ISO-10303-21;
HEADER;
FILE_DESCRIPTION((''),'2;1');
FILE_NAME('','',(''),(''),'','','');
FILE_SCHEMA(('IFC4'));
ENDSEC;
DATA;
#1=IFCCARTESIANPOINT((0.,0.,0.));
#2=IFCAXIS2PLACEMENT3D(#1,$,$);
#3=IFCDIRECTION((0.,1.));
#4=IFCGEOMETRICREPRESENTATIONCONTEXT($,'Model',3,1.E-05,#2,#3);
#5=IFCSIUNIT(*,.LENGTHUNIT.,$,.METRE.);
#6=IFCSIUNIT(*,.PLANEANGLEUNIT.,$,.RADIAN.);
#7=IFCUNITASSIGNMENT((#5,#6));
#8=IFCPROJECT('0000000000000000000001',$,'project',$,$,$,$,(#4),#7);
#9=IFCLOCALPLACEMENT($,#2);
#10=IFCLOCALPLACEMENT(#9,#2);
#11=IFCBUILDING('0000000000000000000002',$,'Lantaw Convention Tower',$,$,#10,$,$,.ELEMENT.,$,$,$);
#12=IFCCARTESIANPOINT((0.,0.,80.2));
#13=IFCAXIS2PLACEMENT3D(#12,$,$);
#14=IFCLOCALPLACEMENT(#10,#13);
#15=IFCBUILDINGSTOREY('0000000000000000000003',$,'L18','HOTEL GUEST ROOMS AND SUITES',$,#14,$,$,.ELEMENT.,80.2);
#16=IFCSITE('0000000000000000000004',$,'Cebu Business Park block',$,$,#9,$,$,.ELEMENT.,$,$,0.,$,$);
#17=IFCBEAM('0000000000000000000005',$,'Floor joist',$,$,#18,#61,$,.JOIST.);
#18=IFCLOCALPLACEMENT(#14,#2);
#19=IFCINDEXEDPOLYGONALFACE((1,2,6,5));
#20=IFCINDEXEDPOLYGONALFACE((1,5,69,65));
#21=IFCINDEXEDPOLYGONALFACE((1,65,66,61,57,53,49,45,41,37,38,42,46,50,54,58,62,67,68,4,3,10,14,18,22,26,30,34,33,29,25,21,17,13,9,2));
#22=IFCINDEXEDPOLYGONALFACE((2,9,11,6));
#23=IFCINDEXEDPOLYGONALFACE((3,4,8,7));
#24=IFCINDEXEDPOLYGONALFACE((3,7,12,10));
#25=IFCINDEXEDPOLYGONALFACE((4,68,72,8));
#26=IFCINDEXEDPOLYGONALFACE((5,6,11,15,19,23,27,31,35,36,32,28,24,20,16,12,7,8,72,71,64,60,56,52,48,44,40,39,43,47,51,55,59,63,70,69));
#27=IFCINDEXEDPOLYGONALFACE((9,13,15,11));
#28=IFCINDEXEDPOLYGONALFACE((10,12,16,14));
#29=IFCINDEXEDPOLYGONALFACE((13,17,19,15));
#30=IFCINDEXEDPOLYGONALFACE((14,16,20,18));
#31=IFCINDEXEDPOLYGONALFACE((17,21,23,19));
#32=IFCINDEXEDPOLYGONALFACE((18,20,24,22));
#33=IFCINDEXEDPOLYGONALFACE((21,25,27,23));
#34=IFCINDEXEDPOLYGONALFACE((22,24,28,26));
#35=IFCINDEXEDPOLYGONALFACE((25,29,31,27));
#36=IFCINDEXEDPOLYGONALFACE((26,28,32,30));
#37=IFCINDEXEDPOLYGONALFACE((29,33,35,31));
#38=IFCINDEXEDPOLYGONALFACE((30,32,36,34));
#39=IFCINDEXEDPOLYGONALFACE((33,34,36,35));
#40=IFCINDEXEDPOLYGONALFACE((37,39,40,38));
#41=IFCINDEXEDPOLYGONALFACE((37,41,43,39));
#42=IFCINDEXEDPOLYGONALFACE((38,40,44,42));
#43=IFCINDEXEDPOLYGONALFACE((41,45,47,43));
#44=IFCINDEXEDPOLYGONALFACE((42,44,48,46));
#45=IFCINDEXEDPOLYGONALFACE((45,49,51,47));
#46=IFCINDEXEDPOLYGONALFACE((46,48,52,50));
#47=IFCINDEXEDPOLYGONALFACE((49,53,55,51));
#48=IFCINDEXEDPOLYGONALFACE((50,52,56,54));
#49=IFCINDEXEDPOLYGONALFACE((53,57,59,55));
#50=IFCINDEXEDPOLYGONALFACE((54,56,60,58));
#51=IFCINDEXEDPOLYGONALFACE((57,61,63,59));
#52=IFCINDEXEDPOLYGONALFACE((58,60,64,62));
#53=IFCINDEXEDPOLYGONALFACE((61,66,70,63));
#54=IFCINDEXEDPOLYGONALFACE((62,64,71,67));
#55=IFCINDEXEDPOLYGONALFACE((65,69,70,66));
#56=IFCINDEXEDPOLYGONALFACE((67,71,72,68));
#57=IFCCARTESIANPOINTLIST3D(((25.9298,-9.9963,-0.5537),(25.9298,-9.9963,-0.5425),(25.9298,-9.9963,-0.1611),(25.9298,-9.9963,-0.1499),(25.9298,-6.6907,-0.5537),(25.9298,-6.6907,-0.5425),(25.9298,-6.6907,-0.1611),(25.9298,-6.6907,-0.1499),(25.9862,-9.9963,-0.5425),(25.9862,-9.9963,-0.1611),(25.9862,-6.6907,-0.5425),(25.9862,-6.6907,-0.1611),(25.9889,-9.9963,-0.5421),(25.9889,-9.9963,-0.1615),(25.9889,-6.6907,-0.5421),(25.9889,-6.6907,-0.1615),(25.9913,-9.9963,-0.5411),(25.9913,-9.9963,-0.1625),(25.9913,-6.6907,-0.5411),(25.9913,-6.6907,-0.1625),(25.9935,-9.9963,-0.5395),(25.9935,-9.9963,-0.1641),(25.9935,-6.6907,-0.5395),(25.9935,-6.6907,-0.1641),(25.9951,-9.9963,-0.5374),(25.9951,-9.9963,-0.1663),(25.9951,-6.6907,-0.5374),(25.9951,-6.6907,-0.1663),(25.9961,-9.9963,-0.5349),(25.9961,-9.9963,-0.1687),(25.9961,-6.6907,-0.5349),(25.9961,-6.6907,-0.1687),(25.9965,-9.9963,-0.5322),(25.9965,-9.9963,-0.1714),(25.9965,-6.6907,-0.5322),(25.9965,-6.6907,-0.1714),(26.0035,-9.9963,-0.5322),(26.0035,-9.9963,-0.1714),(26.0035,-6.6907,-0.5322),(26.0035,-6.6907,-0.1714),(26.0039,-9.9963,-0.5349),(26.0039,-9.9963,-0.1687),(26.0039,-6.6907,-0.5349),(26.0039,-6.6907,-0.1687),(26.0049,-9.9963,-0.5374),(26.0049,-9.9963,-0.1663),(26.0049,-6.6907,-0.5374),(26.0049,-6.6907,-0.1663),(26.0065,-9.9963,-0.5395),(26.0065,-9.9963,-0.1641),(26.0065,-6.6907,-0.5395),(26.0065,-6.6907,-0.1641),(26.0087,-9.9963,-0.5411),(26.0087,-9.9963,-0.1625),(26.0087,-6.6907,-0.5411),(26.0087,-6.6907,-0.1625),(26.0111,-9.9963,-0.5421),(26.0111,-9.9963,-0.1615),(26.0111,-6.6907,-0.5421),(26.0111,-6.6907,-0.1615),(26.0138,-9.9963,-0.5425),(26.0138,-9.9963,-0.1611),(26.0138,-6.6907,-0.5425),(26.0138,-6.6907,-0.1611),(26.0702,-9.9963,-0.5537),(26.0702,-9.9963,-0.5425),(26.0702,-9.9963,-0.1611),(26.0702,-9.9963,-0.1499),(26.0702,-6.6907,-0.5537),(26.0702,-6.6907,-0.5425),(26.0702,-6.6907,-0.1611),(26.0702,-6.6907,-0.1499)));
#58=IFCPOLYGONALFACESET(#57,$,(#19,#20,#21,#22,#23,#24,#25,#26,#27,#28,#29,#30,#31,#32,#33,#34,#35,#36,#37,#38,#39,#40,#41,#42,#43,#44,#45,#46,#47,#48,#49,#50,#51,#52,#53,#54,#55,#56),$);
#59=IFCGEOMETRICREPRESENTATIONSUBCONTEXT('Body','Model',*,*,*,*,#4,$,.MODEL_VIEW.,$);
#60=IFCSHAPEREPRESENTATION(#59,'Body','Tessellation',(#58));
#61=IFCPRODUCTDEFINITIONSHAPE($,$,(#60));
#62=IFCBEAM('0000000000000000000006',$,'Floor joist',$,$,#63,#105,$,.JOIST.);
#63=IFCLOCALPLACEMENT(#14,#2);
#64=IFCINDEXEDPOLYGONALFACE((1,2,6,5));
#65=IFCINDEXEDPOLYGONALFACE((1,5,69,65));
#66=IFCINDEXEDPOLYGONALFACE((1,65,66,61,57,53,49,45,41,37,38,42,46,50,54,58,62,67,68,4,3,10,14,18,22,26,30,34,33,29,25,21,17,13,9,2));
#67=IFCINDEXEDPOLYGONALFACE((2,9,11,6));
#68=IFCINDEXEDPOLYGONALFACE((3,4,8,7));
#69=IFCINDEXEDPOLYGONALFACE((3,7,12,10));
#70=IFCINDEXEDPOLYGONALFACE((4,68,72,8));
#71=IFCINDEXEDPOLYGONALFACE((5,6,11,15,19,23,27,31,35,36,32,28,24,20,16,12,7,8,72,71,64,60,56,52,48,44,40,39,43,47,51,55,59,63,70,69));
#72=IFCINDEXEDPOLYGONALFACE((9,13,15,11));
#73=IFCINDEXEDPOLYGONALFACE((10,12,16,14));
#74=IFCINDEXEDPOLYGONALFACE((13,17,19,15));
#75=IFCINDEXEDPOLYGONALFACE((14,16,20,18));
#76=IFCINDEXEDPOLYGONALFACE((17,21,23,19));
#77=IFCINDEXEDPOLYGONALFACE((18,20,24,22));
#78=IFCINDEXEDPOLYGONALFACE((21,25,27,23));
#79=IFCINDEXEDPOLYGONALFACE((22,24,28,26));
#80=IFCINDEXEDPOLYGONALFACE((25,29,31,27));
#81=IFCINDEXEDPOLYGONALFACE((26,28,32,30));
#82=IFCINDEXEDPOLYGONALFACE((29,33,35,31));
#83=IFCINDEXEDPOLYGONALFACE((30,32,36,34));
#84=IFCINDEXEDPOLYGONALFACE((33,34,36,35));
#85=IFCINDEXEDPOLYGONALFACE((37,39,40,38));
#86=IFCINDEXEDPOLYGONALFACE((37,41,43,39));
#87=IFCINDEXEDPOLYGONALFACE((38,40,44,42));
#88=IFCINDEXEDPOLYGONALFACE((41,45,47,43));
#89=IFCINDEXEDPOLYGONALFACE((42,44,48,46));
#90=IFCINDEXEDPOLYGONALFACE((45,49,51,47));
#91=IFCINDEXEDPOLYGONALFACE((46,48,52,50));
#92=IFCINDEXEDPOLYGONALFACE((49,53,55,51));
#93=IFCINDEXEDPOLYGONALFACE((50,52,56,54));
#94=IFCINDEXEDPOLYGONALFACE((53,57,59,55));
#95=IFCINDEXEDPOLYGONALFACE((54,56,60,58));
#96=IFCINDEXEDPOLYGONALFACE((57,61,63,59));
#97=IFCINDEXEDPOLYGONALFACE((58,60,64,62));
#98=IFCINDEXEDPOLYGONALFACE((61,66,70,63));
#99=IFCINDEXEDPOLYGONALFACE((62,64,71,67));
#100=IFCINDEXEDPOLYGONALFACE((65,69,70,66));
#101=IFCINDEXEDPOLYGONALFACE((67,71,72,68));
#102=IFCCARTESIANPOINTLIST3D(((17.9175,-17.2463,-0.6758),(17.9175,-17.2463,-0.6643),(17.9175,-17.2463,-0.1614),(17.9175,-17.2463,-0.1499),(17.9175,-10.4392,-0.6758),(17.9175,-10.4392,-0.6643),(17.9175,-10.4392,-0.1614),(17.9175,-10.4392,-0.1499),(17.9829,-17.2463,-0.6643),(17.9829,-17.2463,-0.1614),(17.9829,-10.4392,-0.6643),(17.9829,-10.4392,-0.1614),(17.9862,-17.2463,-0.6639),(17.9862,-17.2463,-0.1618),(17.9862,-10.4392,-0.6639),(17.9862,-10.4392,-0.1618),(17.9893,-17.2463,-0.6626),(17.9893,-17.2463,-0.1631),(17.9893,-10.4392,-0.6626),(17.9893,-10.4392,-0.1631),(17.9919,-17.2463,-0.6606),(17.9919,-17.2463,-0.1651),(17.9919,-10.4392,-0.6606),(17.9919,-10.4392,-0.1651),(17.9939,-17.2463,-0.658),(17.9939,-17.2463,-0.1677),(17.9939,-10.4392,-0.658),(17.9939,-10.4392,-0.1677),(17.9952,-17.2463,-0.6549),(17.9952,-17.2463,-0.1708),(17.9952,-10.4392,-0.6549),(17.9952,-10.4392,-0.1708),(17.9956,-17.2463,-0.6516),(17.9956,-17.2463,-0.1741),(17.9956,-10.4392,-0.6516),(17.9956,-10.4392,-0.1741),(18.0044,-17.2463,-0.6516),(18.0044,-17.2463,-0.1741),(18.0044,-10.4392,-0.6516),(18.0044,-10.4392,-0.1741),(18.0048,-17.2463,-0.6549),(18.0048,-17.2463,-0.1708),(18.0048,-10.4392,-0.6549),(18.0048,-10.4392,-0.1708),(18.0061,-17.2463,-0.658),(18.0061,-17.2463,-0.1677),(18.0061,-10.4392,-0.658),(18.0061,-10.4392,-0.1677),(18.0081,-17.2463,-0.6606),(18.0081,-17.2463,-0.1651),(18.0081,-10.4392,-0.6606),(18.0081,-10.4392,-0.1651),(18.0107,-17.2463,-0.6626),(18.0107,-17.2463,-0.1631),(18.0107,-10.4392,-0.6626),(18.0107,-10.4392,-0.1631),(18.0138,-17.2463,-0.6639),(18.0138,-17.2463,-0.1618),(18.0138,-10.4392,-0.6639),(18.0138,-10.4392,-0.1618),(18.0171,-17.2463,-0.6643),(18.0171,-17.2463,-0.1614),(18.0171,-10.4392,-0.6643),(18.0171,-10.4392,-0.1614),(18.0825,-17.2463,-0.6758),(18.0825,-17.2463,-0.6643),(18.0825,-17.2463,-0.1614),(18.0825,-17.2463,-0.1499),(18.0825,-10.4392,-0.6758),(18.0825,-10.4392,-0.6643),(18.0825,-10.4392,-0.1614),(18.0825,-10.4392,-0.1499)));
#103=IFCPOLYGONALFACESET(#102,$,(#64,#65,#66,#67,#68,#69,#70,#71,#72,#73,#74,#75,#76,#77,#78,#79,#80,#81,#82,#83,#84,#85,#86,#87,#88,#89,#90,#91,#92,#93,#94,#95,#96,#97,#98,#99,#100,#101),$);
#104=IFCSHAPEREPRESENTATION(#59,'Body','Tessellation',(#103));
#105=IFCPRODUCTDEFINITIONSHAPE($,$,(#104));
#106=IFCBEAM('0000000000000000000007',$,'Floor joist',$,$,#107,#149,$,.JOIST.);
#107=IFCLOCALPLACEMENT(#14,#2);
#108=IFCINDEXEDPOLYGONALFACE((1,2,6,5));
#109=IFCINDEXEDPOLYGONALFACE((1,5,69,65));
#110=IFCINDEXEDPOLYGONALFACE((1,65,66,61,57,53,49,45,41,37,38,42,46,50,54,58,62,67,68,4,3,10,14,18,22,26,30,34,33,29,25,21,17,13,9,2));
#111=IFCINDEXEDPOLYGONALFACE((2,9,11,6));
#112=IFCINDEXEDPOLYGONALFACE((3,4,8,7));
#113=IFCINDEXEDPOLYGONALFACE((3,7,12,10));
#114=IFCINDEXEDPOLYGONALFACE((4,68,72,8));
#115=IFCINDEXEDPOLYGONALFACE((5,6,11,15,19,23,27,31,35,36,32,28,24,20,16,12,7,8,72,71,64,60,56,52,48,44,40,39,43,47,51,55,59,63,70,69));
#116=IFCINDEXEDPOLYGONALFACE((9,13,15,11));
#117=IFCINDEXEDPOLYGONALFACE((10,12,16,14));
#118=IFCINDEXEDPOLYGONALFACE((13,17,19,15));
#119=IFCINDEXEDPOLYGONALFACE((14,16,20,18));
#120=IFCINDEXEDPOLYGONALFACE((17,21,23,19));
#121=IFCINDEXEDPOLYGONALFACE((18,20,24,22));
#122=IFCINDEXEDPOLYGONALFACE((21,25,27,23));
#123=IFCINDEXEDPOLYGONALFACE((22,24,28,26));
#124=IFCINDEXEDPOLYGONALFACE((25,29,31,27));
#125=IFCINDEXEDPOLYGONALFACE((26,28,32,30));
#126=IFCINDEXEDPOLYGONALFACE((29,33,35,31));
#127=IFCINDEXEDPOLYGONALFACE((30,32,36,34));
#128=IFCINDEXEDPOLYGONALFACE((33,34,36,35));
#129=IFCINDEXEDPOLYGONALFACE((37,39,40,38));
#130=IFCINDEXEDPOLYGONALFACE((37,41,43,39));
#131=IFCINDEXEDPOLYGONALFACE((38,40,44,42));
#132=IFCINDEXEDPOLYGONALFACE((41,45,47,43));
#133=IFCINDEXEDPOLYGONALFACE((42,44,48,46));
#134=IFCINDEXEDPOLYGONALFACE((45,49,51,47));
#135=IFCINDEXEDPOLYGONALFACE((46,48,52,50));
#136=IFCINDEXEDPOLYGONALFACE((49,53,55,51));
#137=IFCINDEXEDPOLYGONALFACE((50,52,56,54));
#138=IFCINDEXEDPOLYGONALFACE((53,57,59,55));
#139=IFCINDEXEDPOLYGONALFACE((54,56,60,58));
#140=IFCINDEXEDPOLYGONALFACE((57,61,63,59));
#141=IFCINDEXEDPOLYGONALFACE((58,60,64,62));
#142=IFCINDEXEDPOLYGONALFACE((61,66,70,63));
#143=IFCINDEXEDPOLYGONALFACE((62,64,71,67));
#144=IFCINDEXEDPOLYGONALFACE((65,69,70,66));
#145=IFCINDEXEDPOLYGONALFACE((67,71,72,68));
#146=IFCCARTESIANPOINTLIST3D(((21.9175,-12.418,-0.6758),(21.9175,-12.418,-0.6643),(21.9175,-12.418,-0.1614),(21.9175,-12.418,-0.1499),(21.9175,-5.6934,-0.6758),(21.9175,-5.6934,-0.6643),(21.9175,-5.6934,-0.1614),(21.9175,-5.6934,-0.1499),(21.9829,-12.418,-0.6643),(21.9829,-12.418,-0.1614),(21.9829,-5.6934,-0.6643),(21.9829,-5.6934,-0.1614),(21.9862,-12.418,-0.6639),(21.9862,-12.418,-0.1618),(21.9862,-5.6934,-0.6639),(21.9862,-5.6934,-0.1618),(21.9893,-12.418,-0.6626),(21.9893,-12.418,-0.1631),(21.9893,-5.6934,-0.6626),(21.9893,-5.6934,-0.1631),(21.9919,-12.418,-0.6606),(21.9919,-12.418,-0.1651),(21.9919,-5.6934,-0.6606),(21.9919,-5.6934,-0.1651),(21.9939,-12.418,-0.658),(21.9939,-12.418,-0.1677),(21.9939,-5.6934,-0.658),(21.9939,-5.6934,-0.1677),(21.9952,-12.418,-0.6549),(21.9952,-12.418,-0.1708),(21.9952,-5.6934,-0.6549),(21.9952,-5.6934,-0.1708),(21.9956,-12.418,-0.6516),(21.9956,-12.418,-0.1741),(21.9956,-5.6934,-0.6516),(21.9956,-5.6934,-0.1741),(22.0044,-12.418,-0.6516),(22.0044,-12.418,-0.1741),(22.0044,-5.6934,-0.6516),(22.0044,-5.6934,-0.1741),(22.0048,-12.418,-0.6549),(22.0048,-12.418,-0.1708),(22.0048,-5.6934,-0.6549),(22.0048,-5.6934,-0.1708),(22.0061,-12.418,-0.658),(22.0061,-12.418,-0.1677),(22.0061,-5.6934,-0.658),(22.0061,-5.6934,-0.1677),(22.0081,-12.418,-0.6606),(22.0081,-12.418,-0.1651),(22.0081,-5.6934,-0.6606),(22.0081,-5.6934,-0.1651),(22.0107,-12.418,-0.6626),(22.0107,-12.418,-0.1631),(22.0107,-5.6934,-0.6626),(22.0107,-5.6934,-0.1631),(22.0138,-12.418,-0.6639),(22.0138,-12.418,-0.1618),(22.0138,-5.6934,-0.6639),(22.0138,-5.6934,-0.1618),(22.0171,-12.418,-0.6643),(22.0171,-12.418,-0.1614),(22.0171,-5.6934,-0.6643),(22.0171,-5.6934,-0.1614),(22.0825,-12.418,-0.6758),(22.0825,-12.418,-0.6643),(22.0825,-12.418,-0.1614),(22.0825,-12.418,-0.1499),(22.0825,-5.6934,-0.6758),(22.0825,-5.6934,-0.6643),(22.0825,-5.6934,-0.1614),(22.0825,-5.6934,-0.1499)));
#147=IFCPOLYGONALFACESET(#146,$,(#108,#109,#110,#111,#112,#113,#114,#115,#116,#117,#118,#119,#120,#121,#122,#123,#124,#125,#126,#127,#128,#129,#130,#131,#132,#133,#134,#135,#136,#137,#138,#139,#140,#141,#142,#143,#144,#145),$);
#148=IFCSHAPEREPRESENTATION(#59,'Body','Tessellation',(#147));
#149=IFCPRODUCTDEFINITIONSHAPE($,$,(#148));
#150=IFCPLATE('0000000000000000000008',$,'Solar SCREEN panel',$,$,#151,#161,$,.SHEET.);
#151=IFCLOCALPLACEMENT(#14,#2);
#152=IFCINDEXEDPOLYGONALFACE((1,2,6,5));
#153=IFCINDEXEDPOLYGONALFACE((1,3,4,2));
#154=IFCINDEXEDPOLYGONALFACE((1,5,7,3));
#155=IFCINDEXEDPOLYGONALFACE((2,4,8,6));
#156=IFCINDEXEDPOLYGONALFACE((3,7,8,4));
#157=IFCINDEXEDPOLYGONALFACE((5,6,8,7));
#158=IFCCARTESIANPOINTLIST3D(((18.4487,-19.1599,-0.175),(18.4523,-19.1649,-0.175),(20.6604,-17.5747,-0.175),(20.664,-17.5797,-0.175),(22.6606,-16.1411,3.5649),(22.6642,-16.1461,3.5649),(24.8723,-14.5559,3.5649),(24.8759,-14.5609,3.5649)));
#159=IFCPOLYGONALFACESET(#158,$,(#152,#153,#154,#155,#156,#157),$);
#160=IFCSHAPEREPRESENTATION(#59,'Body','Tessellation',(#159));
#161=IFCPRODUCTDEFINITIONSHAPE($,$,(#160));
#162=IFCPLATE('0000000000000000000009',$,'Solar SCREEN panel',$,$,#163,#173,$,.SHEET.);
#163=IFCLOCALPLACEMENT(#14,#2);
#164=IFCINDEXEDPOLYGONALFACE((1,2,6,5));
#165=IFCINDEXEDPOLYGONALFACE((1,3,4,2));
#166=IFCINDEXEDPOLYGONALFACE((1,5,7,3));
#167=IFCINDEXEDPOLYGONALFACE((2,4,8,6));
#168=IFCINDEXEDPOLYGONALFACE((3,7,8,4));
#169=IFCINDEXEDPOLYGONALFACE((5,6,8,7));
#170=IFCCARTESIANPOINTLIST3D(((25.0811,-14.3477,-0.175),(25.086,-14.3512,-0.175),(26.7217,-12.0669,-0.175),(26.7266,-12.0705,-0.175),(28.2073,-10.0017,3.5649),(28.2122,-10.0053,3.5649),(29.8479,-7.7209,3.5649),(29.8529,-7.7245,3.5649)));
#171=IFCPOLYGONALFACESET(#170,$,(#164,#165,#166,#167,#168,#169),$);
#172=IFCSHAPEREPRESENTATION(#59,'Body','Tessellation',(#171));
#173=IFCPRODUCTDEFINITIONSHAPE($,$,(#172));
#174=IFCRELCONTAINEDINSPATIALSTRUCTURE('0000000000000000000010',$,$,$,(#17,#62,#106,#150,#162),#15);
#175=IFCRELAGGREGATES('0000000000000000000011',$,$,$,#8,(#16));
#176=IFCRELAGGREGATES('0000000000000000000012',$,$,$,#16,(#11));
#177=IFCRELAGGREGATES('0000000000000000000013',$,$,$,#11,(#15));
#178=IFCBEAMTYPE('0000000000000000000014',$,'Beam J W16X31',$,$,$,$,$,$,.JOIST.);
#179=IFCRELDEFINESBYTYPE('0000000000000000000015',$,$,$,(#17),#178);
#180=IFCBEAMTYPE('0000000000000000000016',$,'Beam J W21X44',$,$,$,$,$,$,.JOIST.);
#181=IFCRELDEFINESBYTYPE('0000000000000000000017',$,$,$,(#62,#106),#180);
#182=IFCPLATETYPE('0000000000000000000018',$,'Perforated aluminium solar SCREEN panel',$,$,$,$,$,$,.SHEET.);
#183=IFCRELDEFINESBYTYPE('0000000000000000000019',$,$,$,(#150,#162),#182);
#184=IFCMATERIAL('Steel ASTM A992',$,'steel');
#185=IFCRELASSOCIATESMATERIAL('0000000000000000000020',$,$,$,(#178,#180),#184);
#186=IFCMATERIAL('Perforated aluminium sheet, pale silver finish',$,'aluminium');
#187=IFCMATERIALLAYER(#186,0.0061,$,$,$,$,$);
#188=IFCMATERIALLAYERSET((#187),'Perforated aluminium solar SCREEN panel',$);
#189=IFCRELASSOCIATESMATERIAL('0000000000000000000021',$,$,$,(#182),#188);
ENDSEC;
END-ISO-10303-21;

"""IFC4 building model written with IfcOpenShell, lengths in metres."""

from ifc_helpers import new_model, si_unit, direction, frame, origin, origin_2d, place, context, subcontext, project, spatial, polyline, i_section, outline, extrude, material, layer, layer_set, material_profile, profile_set, type_object, element, save


model = new_model("IFC4")

# Units and contexts
model_context = context("Model", 3, precision=1e-05, world=origin(), true_north=direction((0.0, 1.0)))
body_context = subcontext(model_context, "Body", "Model", "MODEL_VIEW")
ifc_project = project(units=[si_unit("LENGTHUNIT", "METRE"), si_unit("PLANEANGLEUNIT", "RADIAN")], contexts=[model_context])

# Site, building, storey
site_placement = place(None, origin())
site = spatial("IfcSite", under=ifc_project, at=site_placement, Name="Cebu Business Park block", CompositionType="ELEMENT", RefElevation=0.0)
building_placement = place(site_placement, origin())
building = spatial("IfcBuilding", under=site, at=building_placement, Name="Lantaw Convention Tower", CompositionType="ELEMENT")
storey_placement = place(building_placement, frame((0.0, 0.0, 80.2)))
storey = spatial("IfcBuildingStorey", under=building, at=storey_placement, Name="L18", Description="HOTEL GUEST ROOMS AND SUITES", CompositionType="ELEMENT", Elevation=80.2)

# Beams
ifc_material_1 = material(Name="Steel ASTM A992", Category="steel")
ifc_material_profile_1 = material_profile(ifc_material_1, i_section(OverallWidth=0.1404, OverallDepth=0.4038, WebThickness=0.0071, FlangeThickness=0.0112, FilletRadius=0.0103, at=origin_2d()), Name="W16X31")
ifc_profile_set_1 = profile_set([ifc_material_profile_1], Name="Steel ASTM A992")
beam_type_1 = type_object("IfcBeamType", Name="Beam J W16X31", PredefinedType="JOIST", material=ifc_profile_set_1)
beam_1_placement = place(storey_placement, frame((26.0, -9.9963, -0.3518), z_axis=(0.0, 1.0, 0.0), x_axis=(-1.0, 0.0, 0.0)))
element("IfcBeam", 1, at=beam_1_placement, inside=storey, type_object=beam_type_1, Name="Floor joist", PredefinedType="JOIST", context=body_context, shape_type="SweptSolid", body=[
    extrude(i_section(OverallWidth=0.1404, OverallDepth=0.4038, WebThickness=0.0071, FlangeThickness=0.0112, FilletRadius=0.0103, at=origin_2d()), origin(), (0.0, 0.0, 1.0), 3.3057),
])
ifc_material_profile_2 = material_profile(ifc_material_1, i_section(OverallWidth=0.165, OverallDepth=0.5259, WebThickness=0.0088, FlangeThickness=0.0115, FilletRadius=0.0127, at=origin_2d()), Name="W21X44")
ifc_profile_set_2 = profile_set([ifc_material_profile_2], Name="Steel ASTM A992")
beam_type_2 = type_object("IfcBeamType", Name="Beam J W21X44", PredefinedType="JOIST", material=ifc_profile_set_2)
beam_2_placement = place(storey_placement, frame((18.0, -17.2463, -0.4128), z_axis=(0.0, 1.0, 0.0), x_axis=(-1.0, 0.0, 0.0)))
element("IfcBeam", 2, at=beam_2_placement, inside=storey, type_object=beam_type_2, Name="Floor joist", PredefinedType="JOIST", context=body_context, shape_type="SweptSolid", body=[
    extrude(i_section(OverallWidth=0.165, OverallDepth=0.5259, WebThickness=0.0088, FlangeThickness=0.0115, FilletRadius=0.0127, at=origin_2d()), origin(), (0.0, 0.0, 1.0), 6.8071),
])
beam_3_placement = place(storey_placement, frame((22.0, -12.418, -0.4128), z_axis=(0.0, 1.0, 0.0), x_axis=(-1.0, 0.0, 0.0)))
element("IfcBeam", 3, at=beam_3_placement, inside=storey, type_object=beam_type_2, Name="Floor joist", PredefinedType="JOIST", context=body_context, shape_type="SweptSolid", body=[
    extrude(i_section(OverallWidth=0.165, OverallDepth=0.5259, WebThickness=0.0088, FlangeThickness=0.0115, FilletRadius=0.0127, at=origin_2d()), origin(), (0.0, 0.0, 1.0), 6.7246),
])

# Plates
ifc_material_2 = material(Name="Perforated aluminium sheet, pale silver finish", Category="aluminium")
ifc_layer_1 = layer(ifc_material_2, 0.0061)
ifc_layer_set_1 = layer_set([ifc_layer_1], Name="Perforated aluminium solar SCREEN panel")
plate_type = type_object("IfcPlateType", Name="Perforated aluminium solar SCREEN panel", PredefinedType="SHEET", material=ifc_layer_set_1)
plate_1_placement = place(storey_placement, frame((18.4487, -19.1599, -0.175), z_axis=(-0.582561, 0.812787, 0.000016), x_axis=(0.812787, 0.582561, 0.0)))
element("IfcPlate", 4, at=plate_1_placement, inside=storey, type_object=plate_type, Name="Solar SCREEN panel", PredefinedType="SHEET", context=body_context, shape_type="SweptSolid", body=[
    extrude(outline(polyline([(0.0, 0.0), (2.7211, 0.0), (7.9031, -3.74), (5.182, -3.74), (0.0, 0.0)])), origin(), (0.0, 0.0, -1.0), 0.0061),
])
plate_2_placement = place(storey_placement, frame((25.0811, -14.3477, -0.175), z_axis=(-0.811791, 0.583948, 0.000009), x_axis=(0.583948, 0.811791, 0.0)))
element("IfcPlate", 5, at=plate_2_placement, inside=storey, type_object=plate_type, Name="Solar SCREEN panel", PredefinedType="SHEET", context=body_context, shape_type="SweptSolid", body=[
    extrude(outline(polyline([(0.0, 0.0), (2.8095, 0.0), (8.1631, -3.74), (5.3536, -3.74), (0.0, 0.0)])), origin(), (0.0, 0.0, -1.0), 0.0061),
])

save(model, "model.ifc")
